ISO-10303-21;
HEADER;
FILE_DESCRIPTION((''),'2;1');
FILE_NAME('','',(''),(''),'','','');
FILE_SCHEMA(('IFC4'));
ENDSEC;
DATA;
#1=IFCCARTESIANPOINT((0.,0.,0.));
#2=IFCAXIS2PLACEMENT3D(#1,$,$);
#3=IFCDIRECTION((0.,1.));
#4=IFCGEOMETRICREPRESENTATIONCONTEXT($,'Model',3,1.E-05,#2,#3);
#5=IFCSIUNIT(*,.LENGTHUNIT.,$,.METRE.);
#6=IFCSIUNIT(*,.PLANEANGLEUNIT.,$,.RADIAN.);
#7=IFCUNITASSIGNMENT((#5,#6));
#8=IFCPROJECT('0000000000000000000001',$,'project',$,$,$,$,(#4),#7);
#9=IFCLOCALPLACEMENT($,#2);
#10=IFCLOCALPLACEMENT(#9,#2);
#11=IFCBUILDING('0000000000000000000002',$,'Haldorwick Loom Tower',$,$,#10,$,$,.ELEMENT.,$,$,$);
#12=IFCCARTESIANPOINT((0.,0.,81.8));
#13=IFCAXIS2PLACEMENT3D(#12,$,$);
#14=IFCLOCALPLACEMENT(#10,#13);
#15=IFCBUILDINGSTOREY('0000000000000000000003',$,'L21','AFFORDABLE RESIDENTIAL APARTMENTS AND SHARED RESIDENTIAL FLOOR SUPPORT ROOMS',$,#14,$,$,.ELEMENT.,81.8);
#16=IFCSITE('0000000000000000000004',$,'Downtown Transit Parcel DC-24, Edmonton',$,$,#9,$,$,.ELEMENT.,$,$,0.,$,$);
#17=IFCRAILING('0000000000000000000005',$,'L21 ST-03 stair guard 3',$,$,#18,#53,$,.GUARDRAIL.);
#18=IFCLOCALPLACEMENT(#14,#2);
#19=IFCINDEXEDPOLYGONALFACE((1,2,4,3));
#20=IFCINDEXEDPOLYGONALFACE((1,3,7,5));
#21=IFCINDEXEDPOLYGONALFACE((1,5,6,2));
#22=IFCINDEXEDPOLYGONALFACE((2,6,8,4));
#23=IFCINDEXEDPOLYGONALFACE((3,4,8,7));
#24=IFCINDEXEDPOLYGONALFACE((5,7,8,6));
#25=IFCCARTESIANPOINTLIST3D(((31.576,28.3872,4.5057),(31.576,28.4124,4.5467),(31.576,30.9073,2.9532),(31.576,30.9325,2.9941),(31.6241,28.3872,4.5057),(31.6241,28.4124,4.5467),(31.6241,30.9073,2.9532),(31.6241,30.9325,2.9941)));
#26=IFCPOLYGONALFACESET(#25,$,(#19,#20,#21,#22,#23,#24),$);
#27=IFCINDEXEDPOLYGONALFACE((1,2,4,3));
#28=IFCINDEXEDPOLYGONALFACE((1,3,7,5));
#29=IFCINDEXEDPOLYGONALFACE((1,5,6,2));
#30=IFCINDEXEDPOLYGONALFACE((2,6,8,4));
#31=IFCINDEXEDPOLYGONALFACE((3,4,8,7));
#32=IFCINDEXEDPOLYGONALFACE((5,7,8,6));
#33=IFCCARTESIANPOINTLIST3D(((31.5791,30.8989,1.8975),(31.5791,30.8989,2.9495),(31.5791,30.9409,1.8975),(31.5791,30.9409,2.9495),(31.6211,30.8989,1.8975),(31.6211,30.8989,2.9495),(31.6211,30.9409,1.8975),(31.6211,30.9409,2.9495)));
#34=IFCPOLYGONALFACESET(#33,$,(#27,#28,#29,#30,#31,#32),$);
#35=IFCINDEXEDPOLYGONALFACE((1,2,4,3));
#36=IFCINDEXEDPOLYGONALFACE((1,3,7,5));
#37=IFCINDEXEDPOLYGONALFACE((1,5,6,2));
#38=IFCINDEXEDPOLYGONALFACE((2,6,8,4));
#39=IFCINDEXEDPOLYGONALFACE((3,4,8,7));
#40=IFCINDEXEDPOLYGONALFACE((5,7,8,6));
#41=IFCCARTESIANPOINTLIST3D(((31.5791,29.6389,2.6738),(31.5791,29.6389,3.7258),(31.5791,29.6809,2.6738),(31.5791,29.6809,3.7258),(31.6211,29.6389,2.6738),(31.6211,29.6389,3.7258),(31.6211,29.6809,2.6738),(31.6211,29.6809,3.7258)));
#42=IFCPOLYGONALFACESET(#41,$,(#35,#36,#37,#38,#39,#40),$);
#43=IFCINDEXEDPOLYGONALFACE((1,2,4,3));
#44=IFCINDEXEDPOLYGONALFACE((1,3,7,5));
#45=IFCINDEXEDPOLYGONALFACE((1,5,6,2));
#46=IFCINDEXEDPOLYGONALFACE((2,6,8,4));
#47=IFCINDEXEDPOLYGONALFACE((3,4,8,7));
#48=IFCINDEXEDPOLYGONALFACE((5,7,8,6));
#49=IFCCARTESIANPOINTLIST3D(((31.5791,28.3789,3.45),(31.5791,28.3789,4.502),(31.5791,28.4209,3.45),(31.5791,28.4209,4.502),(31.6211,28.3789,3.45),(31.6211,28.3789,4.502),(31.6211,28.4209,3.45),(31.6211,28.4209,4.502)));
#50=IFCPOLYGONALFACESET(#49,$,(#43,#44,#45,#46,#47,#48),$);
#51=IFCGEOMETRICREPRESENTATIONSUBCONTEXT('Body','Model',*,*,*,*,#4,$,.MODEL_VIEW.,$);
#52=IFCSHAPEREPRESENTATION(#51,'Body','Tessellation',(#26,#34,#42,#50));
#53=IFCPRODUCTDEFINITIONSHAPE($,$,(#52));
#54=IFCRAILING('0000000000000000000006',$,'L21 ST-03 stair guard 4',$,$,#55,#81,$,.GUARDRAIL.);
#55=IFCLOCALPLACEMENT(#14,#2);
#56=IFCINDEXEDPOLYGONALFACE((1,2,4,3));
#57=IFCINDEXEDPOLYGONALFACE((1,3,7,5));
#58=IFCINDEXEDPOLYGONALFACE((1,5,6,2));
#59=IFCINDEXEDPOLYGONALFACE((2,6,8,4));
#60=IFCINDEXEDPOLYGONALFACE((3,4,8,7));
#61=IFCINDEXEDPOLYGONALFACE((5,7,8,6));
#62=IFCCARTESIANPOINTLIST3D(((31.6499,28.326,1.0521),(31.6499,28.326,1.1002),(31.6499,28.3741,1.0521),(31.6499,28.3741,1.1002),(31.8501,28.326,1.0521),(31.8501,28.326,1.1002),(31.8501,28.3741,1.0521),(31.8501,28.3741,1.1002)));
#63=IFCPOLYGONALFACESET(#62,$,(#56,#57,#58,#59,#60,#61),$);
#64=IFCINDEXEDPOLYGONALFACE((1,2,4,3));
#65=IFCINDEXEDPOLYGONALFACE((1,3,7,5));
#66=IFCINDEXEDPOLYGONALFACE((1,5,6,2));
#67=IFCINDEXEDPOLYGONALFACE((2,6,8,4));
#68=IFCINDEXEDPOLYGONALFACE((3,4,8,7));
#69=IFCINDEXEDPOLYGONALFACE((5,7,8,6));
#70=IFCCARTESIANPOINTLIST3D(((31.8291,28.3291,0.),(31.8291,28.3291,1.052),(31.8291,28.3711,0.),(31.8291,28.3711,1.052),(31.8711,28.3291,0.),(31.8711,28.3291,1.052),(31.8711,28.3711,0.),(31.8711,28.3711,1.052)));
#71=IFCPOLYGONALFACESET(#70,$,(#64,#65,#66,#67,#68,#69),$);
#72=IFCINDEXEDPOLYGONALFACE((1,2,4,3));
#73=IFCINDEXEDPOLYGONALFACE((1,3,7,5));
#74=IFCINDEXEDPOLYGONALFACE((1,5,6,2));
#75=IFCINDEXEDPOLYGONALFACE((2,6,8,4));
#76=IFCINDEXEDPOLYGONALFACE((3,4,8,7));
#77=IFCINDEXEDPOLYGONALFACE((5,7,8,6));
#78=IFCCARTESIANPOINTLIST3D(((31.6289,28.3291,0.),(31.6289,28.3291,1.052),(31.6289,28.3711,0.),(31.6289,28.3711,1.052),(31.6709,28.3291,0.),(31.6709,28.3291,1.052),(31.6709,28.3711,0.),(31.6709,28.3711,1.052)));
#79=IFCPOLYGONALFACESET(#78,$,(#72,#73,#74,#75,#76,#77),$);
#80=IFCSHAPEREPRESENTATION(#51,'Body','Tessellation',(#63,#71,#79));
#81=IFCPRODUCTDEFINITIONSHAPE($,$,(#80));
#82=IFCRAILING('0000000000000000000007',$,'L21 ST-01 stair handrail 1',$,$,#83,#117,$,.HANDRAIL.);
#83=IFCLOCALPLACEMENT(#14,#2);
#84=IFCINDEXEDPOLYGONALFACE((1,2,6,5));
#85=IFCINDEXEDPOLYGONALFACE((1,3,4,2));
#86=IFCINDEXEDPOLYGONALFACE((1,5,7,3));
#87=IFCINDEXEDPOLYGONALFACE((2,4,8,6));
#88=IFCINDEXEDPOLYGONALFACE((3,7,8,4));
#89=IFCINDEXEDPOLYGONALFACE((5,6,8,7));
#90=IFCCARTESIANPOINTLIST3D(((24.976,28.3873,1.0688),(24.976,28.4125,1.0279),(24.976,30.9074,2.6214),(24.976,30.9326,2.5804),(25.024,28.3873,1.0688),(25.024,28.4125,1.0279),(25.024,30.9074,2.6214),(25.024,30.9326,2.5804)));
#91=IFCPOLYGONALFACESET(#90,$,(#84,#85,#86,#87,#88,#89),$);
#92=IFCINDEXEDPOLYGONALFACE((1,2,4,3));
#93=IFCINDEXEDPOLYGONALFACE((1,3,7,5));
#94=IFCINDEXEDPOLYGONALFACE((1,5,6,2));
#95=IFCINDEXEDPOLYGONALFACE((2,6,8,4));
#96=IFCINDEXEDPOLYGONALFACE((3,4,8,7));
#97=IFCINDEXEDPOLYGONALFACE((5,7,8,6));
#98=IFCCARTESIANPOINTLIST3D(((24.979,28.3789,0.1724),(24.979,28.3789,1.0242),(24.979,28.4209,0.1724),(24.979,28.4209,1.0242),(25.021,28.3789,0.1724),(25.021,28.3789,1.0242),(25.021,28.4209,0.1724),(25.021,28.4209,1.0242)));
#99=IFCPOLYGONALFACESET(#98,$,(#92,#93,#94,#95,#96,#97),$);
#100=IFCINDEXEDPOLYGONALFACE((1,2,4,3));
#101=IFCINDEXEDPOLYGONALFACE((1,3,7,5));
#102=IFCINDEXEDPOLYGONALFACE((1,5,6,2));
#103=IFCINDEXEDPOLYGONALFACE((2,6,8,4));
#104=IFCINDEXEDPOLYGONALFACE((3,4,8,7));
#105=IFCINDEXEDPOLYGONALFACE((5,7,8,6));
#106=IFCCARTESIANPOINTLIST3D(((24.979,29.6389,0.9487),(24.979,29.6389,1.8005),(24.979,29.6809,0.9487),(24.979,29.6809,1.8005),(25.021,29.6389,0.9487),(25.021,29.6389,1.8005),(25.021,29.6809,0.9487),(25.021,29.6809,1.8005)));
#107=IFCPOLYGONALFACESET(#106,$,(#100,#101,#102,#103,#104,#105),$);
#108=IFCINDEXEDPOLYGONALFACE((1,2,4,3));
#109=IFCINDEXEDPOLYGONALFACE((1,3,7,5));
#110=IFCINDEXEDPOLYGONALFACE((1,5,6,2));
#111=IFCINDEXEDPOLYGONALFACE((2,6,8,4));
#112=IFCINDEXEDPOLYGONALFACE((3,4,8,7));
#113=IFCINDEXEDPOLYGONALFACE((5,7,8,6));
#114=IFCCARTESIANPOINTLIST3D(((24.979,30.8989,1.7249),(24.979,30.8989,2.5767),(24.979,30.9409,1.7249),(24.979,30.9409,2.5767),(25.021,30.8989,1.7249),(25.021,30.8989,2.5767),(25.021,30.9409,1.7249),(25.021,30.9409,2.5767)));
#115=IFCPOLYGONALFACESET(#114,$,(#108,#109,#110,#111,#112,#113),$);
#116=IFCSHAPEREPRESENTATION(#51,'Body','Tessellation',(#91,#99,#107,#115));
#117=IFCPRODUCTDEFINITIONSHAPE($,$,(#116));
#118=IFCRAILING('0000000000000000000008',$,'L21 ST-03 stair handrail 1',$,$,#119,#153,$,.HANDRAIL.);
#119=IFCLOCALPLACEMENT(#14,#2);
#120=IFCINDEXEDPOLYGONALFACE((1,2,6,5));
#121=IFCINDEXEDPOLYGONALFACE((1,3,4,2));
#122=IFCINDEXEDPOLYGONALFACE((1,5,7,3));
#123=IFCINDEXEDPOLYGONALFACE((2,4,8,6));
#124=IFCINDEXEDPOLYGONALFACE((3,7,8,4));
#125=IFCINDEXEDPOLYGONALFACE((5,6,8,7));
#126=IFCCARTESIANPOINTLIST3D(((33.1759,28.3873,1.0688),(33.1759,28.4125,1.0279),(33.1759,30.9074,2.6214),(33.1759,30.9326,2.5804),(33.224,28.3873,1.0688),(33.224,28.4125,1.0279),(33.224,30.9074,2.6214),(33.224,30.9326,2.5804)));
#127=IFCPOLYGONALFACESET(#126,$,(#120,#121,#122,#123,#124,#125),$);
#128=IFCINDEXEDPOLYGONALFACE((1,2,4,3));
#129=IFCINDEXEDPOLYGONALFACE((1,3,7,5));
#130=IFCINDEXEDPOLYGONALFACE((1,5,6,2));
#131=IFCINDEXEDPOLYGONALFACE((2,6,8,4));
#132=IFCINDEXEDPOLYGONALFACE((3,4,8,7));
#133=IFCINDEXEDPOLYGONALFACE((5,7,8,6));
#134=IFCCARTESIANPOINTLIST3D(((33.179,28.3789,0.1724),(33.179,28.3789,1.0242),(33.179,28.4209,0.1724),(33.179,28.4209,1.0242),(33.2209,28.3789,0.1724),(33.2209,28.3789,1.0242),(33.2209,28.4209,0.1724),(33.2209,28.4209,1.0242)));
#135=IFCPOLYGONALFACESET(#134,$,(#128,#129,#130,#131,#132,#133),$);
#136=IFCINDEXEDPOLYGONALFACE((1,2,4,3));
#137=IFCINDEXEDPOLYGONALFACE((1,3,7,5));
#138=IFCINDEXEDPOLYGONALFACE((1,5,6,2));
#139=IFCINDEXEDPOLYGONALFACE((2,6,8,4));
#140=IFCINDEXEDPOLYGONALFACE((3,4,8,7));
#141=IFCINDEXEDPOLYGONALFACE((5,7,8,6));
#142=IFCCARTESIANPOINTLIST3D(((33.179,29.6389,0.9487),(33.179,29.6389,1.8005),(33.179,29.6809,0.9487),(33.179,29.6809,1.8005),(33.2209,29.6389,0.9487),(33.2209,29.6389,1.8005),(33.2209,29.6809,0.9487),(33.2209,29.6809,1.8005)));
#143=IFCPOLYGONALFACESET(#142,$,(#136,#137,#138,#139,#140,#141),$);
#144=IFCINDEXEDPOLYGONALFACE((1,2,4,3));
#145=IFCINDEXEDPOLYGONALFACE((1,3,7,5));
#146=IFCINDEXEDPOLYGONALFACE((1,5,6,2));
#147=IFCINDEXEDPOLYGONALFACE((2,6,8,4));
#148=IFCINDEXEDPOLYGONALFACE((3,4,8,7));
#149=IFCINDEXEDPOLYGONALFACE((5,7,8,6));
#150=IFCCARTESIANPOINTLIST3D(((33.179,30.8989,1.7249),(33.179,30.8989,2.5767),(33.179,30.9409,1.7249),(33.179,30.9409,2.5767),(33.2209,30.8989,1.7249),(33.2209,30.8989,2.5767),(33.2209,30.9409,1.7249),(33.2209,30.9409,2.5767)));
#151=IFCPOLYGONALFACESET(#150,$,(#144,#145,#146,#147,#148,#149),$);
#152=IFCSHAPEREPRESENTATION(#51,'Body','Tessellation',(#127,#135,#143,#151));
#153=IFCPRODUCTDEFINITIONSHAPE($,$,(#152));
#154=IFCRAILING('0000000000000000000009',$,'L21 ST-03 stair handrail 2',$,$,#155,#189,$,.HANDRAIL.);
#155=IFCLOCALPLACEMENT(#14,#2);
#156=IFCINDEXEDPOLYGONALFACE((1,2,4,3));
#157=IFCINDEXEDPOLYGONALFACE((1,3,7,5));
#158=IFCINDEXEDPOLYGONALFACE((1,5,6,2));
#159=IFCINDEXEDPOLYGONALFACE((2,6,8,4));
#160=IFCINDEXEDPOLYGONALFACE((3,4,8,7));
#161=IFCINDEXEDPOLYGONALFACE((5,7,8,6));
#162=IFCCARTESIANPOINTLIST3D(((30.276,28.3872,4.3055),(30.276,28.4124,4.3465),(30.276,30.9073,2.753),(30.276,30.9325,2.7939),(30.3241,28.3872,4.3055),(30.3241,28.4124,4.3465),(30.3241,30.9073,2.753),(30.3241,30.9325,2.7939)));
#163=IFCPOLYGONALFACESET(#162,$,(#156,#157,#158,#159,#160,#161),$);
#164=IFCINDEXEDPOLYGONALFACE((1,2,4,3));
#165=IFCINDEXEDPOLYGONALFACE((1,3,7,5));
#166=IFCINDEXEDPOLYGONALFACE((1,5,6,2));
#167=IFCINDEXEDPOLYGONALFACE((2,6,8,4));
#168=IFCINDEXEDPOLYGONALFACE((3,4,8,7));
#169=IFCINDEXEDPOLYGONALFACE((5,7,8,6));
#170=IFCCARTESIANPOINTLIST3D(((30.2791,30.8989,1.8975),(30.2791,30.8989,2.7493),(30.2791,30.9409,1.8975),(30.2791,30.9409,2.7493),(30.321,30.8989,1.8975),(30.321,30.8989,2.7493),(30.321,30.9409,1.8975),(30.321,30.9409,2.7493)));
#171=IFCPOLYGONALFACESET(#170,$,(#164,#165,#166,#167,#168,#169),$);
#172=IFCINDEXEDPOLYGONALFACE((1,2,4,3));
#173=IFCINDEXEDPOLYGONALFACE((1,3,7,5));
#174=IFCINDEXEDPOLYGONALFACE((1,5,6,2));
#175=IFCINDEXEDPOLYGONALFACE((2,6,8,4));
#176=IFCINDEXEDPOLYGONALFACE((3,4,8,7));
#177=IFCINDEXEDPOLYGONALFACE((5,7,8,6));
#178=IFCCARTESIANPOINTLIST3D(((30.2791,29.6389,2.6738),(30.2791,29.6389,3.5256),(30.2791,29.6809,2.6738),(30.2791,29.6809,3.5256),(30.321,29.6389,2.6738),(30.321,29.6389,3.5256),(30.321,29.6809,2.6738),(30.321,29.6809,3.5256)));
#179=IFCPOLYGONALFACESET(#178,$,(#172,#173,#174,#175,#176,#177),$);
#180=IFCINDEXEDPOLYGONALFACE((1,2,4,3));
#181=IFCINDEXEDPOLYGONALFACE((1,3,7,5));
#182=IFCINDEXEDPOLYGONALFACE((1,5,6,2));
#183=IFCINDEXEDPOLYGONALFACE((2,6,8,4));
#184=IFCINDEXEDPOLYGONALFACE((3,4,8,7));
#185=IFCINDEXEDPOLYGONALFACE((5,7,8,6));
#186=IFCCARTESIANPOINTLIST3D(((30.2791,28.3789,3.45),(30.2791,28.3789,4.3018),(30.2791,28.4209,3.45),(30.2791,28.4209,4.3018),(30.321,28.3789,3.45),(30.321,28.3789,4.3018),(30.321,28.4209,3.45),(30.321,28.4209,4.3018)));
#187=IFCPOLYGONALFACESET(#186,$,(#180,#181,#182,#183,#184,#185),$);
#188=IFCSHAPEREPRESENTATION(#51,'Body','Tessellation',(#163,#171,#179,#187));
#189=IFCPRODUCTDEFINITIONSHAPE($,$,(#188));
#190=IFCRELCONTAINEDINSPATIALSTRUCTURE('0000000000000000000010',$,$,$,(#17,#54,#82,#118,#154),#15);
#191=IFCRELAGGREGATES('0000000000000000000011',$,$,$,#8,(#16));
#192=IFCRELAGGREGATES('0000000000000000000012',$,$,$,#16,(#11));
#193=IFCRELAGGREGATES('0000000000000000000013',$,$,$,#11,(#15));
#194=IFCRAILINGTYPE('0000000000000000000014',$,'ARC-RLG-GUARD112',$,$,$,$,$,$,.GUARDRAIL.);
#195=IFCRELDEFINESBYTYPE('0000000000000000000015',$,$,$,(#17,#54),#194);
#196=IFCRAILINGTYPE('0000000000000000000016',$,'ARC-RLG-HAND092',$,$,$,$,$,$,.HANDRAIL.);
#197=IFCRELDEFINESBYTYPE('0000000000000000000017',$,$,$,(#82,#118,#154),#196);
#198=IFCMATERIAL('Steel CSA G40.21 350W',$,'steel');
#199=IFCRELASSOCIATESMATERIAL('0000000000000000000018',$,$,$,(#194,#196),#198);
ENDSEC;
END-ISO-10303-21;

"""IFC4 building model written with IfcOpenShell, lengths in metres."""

from ifc_helpers import new_model, si_unit, direction, frame, origin, origin_2d, place, context, subcontext, project, spatial, rectangle, extrude, material, type_object, element, save


model = new_model("IFC4")

# Units and contexts
model_context = context("Model", 3, precision=1e-05, world=origin(), true_north=direction((0.0, 1.0)))
body_context = subcontext(model_context, "Body", "Model", "MODEL_VIEW")
ifc_project = project(units=[si_unit("LENGTHUNIT", "METRE"), si_unit("PLANEANGLEUNIT", "RADIAN")], contexts=[model_context])

# Site, building, storey
site_placement = place(None, origin())
site = spatial("IfcSite", under=ifc_project, at=site_placement, Name="Downtown Transit Parcel DC-24, Edmonton", CompositionType="ELEMENT", RefElevation=0.0)
building_placement = place(site_placement, origin())
building = spatial("IfcBuilding", under=site, at=building_placement, Name="Haldorwick Loom Tower", CompositionType="ELEMENT")
storey_placement = place(building_placement, frame((0.0, 0.0, 81.8)))
storey = spatial("IfcBuildingStorey", under=building, at=storey_placement, Name="L21", Description="AFFORDABLE RESIDENTIAL APARTMENTS AND SHARED RESIDENTIAL FLOOR SUPPORT ROOMS", CompositionType="ELEMENT", Elevation=81.8)

# Shared definitions
ifc_material_1 = material(Name="Steel CSA G40.21 350W", Category="steel")

# Railings
railing_type_1 = type_object("IfcRailingType", Name="ARC-RLG-GUARD112", PredefinedType="GUARDRAIL", material=ifc_material_1)
railing_1_placement = place(storey_placement, frame((31.6001, 30.9199, 1.8975)))
element("IfcRailing", 1, at=railing_1_placement, inside=storey, type_object=railing_type_1, Name="L21 ST-03 stair guard 3", PredefinedType="GUARDRAIL", context=body_context, shape_type="SweptSolid", body=[
    extrude(rectangle(XDim=0.0481, YDim=0.0481, at=origin_2d()), frame((0.0, 0.0, 1.0762), z_axis=(0.0, -0.8514, 0.524516), x_axis=(1.0, 0.0, 0.0)), (0.0, 0.0, 1.0), 2.96),
    extrude(rectangle(XDim=0.042, YDim=0.042, at=origin_2d()), origin(), (0.0, 0.0, 1.0), 1.052),
    extrude(rectangle(XDim=0.042, YDim=0.042, at=origin_2d()), frame((0.0, -1.26, 0.7764)), (0.0, 0.0, 1.0), 1.052),
    extrude(rectangle(XDim=0.042, YDim=0.042, at=origin_2d()), frame((0.0, -2.52, 1.5525)), (0.0, 0.0, 1.0), 1.052),
])
railing_2_placement = place(storey_placement, frame((31.8501, 28.3501, 0.0)))
element("IfcRailing", 2, at=railing_2_placement, inside=storey, type_object=railing_type_1, Name="L21 ST-03 stair guard 4", PredefinedType="GUARDRAIL", context=body_context, shape_type="SweptSolid", body=[
    extrude(rectangle(XDim=0.0481, YDim=0.0481, at=origin_2d()), frame((0.0, 0.0, 1.0762), z_axis=(-1.0, 0.0, 0.0), x_axis=(0.0, -1.0, 0.0)), (0.0, 0.0, 1.0), 0.2002),
    extrude(rectangle(XDim=0.042, YDim=0.042, at=origin_2d()), origin(), (0.0, 0.0, 1.0), 1.052),
    extrude(rectangle(XDim=0.042, YDim=0.042, at=origin_2d()), frame((-0.2002, 0.0, 0.0)), (0.0, 0.0, 1.0), 1.052),
])
railing_type_2 = type_object("IfcRailingType", Name="ARC-RLG-HAND092", PredefinedType="HANDRAIL", material=ifc_material_1)
for number, where, name in (
    (3, (25.0, 28.3999, 0.1724), "L21 ST-01 stair handrail 1"),
    (4, (33.2, 28.3999, 0.1724), "L21 ST-03 stair handrail 1"),
):
    element("IfcRailing", number, at=place(storey_placement, frame(where)), inside=storey, type_object=railing_type_2, Name=name, PredefinedType="HANDRAIL", context=body_context, shape_type="SweptSolid", body=[
        extrude(rectangle(XDim=0.0481, YDim=0.0481, at=origin_2d()), frame((0.0, 0.0, 0.876), z_axis=(0.0, 0.8514, 0.524516), x_axis=(-1.0, 0.0, 0.0)), (0.0, 0.0, 1.0), 2.96),
        extrude(rectangle(XDim=0.042, YDim=0.042, at=origin_2d()), origin(), (0.0, 0.0, 1.0), 0.8518),
        extrude(rectangle(XDim=0.042, YDim=0.042, at=origin_2d()), frame((0.0, 1.26, 0.7764)), (0.0, 0.0, 1.0), 0.8518),
        extrude(rectangle(XDim=0.042, YDim=0.042, at=origin_2d()), frame((0.0, 2.52, 1.5525)), (0.0, 0.0, 1.0), 0.8518),
    ])
railing_3_placement = place(storey_placement, frame((30.3, 30.9199, 1.8975)))
element("IfcRailing", 5, at=railing_3_placement, inside=storey, type_object=railing_type_2, Name="L21 ST-03 stair handrail 2", PredefinedType="HANDRAIL", context=body_context, shape_type="SweptSolid", body=[
    extrude(rectangle(XDim=0.0481, YDim=0.0481, at=origin_2d()), frame((0.0, 0.0, 0.876), z_axis=(0.0, -0.8514, 0.524516), x_axis=(1.0, 0.0, 0.0)), (0.0, 0.0, 1.0), 2.96),
    extrude(rectangle(XDim=0.042, YDim=0.042, at=origin_2d()), origin(), (0.0, 0.0, 1.0), 0.8518),
    extrude(rectangle(XDim=0.042, YDim=0.042, at=origin_2d()), frame((0.0, -1.26, 0.7764)), (0.0, 0.0, 1.0), 0.8518),
    extrude(rectangle(XDim=0.042, YDim=0.042, at=origin_2d()), frame((0.0, -2.52, 1.5525)), (0.0, 0.0, 1.0), 0.8518),
])

save(model, "model.ifc")
